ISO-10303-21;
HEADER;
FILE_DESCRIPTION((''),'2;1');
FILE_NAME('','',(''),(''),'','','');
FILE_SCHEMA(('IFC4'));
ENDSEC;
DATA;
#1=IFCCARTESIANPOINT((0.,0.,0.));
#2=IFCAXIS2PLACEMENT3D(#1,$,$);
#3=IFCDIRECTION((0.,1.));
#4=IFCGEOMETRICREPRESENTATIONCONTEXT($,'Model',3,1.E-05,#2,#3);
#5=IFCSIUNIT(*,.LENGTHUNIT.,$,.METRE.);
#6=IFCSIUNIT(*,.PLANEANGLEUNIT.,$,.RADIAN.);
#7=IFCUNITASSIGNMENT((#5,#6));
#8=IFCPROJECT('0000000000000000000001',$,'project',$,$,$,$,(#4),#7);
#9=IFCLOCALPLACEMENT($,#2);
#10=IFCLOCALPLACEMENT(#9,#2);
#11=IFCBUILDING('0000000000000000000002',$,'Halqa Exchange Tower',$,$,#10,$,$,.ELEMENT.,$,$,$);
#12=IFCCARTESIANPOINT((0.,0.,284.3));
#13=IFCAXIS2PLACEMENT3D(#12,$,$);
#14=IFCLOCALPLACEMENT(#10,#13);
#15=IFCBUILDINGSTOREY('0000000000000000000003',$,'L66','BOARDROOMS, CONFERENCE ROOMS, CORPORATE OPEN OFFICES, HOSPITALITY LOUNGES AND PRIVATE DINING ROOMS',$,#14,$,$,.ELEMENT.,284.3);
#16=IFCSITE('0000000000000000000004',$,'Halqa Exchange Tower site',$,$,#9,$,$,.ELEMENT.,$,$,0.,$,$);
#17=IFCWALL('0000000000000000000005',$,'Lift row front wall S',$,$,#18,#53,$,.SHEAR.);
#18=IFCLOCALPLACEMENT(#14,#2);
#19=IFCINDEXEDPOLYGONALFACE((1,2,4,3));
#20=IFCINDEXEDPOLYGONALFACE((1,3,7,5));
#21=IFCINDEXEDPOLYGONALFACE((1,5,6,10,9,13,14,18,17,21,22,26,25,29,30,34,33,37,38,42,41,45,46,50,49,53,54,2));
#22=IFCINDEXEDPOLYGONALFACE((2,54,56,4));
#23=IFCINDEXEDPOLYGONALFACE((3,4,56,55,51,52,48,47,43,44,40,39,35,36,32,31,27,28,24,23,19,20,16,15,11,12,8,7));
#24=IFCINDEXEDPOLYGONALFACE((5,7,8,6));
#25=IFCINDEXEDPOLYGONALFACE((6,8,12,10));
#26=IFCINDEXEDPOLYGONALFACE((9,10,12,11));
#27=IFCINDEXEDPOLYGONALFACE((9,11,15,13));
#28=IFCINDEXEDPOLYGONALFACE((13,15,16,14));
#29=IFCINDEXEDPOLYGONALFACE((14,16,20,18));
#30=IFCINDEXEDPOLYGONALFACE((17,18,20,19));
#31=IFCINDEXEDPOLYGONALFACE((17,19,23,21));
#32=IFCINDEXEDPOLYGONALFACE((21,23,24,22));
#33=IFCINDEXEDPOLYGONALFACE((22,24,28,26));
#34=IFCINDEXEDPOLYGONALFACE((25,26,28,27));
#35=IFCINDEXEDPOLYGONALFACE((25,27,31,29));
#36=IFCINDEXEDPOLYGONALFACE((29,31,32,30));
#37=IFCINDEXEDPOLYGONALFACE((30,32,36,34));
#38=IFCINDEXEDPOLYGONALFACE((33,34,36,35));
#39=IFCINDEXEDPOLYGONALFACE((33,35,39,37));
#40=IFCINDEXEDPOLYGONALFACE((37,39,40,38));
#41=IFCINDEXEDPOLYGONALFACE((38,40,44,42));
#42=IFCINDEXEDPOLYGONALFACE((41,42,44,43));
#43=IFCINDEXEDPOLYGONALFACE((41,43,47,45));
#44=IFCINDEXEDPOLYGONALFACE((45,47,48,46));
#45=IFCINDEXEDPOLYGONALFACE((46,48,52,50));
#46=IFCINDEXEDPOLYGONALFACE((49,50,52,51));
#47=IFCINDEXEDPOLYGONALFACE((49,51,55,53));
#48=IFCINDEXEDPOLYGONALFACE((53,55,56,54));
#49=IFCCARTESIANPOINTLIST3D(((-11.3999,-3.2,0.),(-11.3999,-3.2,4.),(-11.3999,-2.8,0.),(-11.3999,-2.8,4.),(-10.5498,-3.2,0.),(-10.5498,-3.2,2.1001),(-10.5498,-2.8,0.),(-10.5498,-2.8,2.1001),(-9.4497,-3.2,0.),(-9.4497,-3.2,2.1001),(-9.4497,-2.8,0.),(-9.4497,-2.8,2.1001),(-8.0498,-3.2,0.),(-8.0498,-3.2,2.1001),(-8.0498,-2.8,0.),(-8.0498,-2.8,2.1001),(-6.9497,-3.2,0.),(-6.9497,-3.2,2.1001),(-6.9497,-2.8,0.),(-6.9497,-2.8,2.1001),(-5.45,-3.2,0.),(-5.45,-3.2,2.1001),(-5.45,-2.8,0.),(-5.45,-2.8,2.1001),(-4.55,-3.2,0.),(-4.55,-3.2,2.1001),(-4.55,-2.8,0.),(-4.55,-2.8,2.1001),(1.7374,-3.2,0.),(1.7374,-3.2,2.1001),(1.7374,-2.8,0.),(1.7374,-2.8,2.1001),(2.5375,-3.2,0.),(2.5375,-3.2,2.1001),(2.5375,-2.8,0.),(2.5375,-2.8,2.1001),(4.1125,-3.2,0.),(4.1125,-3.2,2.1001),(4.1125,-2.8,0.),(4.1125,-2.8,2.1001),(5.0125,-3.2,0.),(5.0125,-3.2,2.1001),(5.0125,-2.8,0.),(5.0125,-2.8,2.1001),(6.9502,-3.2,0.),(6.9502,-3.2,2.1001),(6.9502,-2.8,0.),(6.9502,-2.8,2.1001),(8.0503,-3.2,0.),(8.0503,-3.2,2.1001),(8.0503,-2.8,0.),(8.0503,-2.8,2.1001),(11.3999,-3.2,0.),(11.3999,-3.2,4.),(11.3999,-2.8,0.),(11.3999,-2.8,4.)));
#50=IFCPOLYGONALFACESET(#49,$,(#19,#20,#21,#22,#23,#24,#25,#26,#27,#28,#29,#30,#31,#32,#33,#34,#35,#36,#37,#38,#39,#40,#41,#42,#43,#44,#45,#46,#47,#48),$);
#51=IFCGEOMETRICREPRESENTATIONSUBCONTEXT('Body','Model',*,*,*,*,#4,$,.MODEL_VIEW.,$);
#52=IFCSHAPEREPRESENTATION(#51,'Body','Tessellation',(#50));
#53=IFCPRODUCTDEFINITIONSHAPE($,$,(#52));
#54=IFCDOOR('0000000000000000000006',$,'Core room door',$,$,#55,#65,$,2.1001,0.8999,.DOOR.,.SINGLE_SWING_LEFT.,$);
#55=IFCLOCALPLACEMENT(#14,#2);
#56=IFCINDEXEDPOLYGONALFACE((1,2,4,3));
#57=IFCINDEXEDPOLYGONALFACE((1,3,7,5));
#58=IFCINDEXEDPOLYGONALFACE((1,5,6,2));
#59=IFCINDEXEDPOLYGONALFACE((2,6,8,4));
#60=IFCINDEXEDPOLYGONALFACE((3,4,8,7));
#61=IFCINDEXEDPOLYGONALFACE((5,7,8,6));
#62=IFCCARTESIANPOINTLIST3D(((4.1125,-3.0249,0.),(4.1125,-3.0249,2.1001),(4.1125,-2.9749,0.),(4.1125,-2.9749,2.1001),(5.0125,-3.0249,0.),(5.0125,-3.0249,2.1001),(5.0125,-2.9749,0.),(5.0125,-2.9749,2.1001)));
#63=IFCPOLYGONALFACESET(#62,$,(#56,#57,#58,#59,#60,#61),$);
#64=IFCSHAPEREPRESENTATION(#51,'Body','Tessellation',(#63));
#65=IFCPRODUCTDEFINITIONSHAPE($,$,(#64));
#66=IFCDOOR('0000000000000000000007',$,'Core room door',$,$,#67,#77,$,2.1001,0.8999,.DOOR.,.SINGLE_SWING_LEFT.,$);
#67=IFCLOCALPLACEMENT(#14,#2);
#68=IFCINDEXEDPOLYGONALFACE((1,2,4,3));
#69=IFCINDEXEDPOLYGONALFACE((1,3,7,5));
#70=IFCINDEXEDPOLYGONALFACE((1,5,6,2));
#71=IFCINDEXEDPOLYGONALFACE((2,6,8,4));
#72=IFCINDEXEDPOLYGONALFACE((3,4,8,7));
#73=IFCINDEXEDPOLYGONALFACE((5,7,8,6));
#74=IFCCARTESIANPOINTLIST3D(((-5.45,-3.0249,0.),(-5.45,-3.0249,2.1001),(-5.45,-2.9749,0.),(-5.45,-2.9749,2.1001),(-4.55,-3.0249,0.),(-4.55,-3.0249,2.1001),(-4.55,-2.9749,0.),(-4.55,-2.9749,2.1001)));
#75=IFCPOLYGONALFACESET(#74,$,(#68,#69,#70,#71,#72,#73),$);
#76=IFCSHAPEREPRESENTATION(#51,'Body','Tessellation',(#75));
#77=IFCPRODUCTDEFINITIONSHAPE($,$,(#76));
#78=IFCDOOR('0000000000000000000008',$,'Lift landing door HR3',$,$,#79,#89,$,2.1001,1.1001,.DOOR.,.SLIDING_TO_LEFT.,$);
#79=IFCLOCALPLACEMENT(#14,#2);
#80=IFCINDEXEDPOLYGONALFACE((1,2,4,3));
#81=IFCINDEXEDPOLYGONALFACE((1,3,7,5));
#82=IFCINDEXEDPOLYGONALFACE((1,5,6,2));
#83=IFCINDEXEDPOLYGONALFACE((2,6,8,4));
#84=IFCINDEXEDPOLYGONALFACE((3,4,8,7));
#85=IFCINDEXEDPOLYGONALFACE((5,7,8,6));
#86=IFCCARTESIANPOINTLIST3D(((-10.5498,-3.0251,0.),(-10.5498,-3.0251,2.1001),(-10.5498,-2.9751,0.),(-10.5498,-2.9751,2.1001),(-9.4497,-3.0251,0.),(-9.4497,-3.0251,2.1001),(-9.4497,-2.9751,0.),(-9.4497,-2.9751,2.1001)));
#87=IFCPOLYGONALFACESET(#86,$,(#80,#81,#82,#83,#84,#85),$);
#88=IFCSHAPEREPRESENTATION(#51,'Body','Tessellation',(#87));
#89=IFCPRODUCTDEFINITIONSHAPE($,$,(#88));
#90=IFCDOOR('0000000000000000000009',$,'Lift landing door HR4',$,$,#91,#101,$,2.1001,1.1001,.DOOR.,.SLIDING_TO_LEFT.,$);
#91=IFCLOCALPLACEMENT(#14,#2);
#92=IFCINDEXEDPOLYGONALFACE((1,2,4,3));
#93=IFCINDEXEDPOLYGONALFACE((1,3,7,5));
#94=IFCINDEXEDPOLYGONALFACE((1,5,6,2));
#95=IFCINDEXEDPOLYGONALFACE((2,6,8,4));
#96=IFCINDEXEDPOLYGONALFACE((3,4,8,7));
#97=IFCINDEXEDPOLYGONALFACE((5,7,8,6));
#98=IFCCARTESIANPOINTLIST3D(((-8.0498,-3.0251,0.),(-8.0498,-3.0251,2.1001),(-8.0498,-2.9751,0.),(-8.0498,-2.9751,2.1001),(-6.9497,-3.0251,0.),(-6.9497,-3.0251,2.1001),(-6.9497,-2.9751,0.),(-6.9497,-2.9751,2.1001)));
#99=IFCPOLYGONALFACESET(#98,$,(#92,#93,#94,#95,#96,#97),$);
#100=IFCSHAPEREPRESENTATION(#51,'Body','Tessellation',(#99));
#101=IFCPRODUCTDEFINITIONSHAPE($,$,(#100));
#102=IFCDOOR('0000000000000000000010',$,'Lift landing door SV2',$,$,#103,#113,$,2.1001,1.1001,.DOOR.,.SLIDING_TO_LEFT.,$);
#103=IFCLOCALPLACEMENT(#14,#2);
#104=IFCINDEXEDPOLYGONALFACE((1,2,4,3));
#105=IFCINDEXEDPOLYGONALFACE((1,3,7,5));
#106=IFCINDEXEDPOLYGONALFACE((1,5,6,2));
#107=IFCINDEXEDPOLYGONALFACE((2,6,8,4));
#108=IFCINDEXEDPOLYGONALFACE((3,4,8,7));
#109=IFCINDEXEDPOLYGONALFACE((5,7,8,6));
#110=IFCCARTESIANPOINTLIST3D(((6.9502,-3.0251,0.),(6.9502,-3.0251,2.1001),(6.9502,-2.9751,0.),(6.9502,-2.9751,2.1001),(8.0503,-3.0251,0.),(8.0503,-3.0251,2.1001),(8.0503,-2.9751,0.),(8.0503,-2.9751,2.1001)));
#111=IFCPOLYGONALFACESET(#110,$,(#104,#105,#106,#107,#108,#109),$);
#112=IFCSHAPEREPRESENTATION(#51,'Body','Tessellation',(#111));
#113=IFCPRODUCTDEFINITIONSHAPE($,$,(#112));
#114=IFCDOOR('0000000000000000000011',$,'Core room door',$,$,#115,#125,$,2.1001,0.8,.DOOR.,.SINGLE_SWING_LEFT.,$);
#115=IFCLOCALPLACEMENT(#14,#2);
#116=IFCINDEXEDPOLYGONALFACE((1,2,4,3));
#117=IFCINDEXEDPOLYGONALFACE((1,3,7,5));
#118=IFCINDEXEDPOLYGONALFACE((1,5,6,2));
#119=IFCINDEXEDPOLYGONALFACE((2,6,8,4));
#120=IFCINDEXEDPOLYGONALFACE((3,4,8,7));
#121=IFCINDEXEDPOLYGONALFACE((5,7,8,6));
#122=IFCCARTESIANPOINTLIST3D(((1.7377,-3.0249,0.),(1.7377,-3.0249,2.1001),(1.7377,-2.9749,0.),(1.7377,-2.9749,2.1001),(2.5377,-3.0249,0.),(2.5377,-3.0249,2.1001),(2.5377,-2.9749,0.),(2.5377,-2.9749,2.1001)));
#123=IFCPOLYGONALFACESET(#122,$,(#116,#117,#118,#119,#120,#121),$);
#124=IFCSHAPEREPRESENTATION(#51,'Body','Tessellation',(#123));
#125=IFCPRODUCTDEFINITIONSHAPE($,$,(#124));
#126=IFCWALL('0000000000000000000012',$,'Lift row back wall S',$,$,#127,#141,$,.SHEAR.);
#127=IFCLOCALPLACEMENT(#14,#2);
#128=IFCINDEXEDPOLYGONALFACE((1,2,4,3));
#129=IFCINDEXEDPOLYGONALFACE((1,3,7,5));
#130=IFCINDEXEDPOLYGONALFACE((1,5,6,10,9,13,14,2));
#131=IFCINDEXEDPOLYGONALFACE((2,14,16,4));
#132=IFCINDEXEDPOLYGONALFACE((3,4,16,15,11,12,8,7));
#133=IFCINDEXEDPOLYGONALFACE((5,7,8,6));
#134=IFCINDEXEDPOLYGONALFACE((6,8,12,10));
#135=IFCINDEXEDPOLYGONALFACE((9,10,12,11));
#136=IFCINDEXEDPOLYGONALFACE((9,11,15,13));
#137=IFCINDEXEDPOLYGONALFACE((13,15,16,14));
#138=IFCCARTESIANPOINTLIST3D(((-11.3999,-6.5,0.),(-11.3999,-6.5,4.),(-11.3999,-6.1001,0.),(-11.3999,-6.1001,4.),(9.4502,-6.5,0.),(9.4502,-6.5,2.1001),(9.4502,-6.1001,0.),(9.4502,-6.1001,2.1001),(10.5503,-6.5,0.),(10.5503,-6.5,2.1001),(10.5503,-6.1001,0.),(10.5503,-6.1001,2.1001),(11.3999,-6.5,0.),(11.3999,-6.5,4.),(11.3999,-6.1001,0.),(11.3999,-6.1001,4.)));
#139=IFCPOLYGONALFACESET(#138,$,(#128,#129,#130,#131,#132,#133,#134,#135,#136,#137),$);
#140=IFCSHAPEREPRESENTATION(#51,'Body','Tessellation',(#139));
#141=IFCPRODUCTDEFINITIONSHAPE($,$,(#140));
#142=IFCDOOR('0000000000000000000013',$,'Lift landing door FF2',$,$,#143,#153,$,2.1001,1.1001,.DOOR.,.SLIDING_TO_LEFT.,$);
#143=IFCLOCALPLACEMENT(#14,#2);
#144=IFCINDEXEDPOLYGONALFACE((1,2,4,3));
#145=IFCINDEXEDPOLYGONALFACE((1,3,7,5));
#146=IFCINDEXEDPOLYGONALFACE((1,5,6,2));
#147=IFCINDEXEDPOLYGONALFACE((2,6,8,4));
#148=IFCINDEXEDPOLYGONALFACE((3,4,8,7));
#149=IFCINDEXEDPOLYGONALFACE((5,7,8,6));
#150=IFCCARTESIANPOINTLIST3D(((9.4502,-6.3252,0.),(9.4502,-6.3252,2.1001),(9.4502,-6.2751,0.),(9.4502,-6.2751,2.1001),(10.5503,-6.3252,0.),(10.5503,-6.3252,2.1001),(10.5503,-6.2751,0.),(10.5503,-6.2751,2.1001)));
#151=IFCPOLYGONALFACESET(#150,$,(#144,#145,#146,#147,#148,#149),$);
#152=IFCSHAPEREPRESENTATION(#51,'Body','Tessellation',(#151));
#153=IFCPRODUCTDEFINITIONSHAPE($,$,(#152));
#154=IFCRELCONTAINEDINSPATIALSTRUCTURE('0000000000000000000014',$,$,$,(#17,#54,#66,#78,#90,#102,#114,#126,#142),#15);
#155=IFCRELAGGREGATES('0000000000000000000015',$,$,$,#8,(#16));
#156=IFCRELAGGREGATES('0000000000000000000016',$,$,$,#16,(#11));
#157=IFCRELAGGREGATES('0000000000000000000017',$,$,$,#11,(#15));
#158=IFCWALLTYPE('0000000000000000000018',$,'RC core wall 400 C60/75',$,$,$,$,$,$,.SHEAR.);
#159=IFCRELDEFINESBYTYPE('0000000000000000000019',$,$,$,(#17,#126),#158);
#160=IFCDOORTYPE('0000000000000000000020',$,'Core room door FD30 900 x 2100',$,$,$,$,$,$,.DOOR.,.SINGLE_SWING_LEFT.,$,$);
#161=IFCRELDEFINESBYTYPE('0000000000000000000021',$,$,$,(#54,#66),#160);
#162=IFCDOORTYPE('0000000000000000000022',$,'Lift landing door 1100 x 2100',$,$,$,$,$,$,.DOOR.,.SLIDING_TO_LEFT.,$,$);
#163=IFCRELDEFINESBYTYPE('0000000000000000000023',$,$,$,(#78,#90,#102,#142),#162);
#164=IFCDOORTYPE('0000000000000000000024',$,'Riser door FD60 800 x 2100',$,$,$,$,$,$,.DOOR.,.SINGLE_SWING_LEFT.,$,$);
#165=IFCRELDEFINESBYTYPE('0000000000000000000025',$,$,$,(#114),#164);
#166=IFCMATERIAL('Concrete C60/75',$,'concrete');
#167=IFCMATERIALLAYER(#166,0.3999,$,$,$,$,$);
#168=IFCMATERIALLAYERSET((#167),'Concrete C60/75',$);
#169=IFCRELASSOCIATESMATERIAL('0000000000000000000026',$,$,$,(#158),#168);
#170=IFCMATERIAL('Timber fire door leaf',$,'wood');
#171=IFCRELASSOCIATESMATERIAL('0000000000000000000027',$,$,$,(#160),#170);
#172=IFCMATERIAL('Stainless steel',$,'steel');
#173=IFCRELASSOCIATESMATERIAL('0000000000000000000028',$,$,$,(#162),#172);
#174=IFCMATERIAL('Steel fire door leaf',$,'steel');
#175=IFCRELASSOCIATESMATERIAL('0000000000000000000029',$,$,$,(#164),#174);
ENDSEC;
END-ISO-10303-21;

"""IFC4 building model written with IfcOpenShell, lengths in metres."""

from ifc_helpers import new_model, si_unit, direction, frame, frame_2d, origin, place, context, subcontext, project, spatial, rectangle, extrude, material, layer, layer_set, type_object, element, fill, save


model = new_model("IFC4")

# Units and contexts
model_context = context("Model", 3, precision=1e-05, world=origin(), true_north=direction((0.0, 1.0)))
body_context = subcontext(model_context, "Body", "Model", "MODEL_VIEW")
ifc_project = project(units=[si_unit("LENGTHUNIT", "METRE"), si_unit("PLANEANGLEUNIT", "RADIAN")], contexts=[model_context])

# Site, building, storey
site_placement = place(None, origin())
site = spatial("IfcSite", under=ifc_project, at=site_placement, Name="Halqa Exchange Tower site", CompositionType="ELEMENT", RefElevation=0.0)
building_placement = place(site_placement, origin())
building = spatial("IfcBuilding", under=site, at=building_placement, Name="Halqa Exchange Tower", CompositionType="ELEMENT")
storey_placement = place(building_placement, frame((0.0, 0.0, 284.3)))
storey = spatial("IfcBuildingStorey", under=building, at=storey_placement, Name="L66", Description="BOARDROOMS, CONFERENCE ROOMS, CORPORATE OPEN OFFICES, HOSPITALITY LOUNGES AND PRIVATE DINING ROOMS", CompositionType="ELEMENT", Elevation=284.3)

# Shared definitions
ifc_material_1 = material(Name="Concrete C60/75", Category="concrete")

# Wall, openings, doors
ifc_layer_1 = layer(ifc_material_1, 0.3999)
ifc_layer_set_1 = layer_set([ifc_layer_1], Name="Concrete C60/75")
wall_type_1 = type_object("IfcWallType", Name="RC core wall 400 C60/75", PredefinedType="SHEAR", material=ifc_layer_set_1)
wall_1_placement = place(storey_placement, frame((-11.3999, -3.0, 0.0), z_axis=(0.0, 0.0, 1.0), x_axis=(1.0, 0.0, 0.0)))
wall_1 = element("IfcWall", 1, at=wall_1_placement, inside=storey, type_object=wall_type_1, Name="Lift row front wall S", PredefinedType="SHEAR", context=body_context, shape_type="SweptSolid", body=[
    extrude(rectangle(XDim=22.7998, YDim=0.3999, at=frame_2d((11.3999, 0.0))), origin(), (0.0, 0.0, 1.0), 4.0),
])
opening_1_placement = place(wall_1_placement, frame((0.8501, 0.0, 0.0)))
opening_1 = element("IfcOpeningElement", 2, at=opening_1_placement, cuts=wall_1, PredefinedType="OPENING", context=body_context, shape_type="SweptSolid", body=[
    extrude(rectangle(XDim=1.1001, YDim=2.1001, at=frame_2d((0.55, 1.05))), frame((0.0, 0.2119, 0.0), z_axis=(0.0, -1.0, 0.0), x_axis=(1.0, 0.0, 0.0)), (0.0, 0.0, 1.0), 0.4238),
])
opening_2_placement = place(wall_1_placement, frame((3.3501, 0.0, 0.0)))
opening_2 = element("IfcOpeningElement", 3, at=opening_2_placement, cuts=wall_1, PredefinedType="OPENING", context=body_context, shape_type="SweptSolid", body=[
    extrude(rectangle(XDim=1.1001, YDim=2.1001, at=frame_2d((0.55, 1.05))), frame((0.0, 0.2119, 0.0), z_axis=(0.0, -1.0, 0.0), x_axis=(1.0, 0.0, 0.0)), (0.0, 0.0, 1.0), 0.4238),
])
opening_3_placement = place(wall_1_placement, frame((18.3501, 0.0, 0.0)))
opening_3 = element("IfcOpeningElement", 4, at=opening_3_placement, cuts=wall_1, PredefinedType="OPENING", context=body_context, shape_type="SweptSolid", body=[
    extrude(rectangle(XDim=1.1001, YDim=2.1001, at=frame_2d((0.55, 1.05))), frame((0.0, 0.2119, 0.0), z_axis=(0.0, -1.0, 0.0), x_axis=(1.0, 0.0, 0.0)), (0.0, 0.0, 1.0), 0.4238),
])
opening_4_placement = place(wall_1_placement, frame((13.1375, 0.0, 0.0)))
opening_4 = element("IfcOpeningElement", 5, at=opening_4_placement, cuts=wall_1, PredefinedType="OPENING", context=body_context, shape_type="SweptSolid", body=[
    extrude(rectangle(XDim=0.8, YDim=2.1001, at=frame_2d((0.3999, 1.05))), frame((0.0, 0.2119, 0.0), z_axis=(0.0, -1.0, 0.0), x_axis=(1.0, 0.0, 0.0)), (0.0, 0.0, 1.0), 0.4238),
])
opening_5_placement = place(wall_1_placement, frame((15.5125, 0.0, 0.0)))
opening_5 = element("IfcOpeningElement", 6, at=opening_5_placement, cuts=wall_1, PredefinedType="OPENING", context=body_context, shape_type="SweptSolid", body=[
    extrude(rectangle(XDim=0.8999, YDim=2.1001, at=frame_2d((0.45, 1.05))), frame((0.0, 0.2119, 0.0), z_axis=(0.0, -1.0, 0.0), x_axis=(1.0, 0.0, 0.0)), (0.0, 0.0, 1.0), 0.4238),
])
opening_6_placement = place(wall_1_placement, frame((5.95, 0.0, 0.0)))
opening_6 = element("IfcOpeningElement", 7, at=opening_6_placement, cuts=wall_1, PredefinedType="OPENING", context=body_context, shape_type="SweptSolid", body=[
    extrude(rectangle(XDim=0.8999, YDim=2.1001, at=frame_2d((0.45, 1.05))), frame((0.0, 0.2119, 0.0), z_axis=(0.0, -1.0, 0.0), x_axis=(1.0, 0.0, 0.0)), (0.0, 0.0, 1.0), 0.4238),
])
ifc_material_2 = material(Name="Timber fire door leaf", Category="wood")
door_type_1 = type_object("IfcDoorType", Name="Core room door FD30 900 x 2100", OperationType="SINGLE_SWING_LEFT", PredefinedType="DOOR", material=ifc_material_2)
door_1_placement = place(opening_5_placement, frame((0.8999, 0.0, 0.0), z_axis=(0.0, 0.0, 1.0), x_axis=(-1.0, 0.0, 0.0)))
door_1 = element("IfcDoor", 8, at=door_1_placement, inside=storey, type_object=door_type_1, Name="Core room door", OperationType="SINGLE_SWING_LEFT", OverallHeight=2.1001, OverallWidth=0.8999, PredefinedType="DOOR", context=body_context, shape_type="SweptSolid", body=[
    extrude(rectangle(XDim=0.8999, YDim=2.1001, at=frame_2d((0.45, 1.05))), frame((0.0, 0.0249, 0.0), z_axis=(0.0, -1.0, 0.0), x_axis=(1.0, 0.0, 0.0)), (0.0, 0.0, 1.0), 0.05),
])
fill(opening_5, door_1)
door_2_placement = place(opening_6_placement, frame((0.8999, 0.0, 0.0), z_axis=(0.0, 0.0, 1.0), x_axis=(-1.0, 0.0, 0.0)))
door_2 = element("IfcDoor", 9, at=door_2_placement, inside=storey, type_object=door_type_1, Name="Core room door", OperationType="SINGLE_SWING_LEFT", OverallHeight=2.1001, OverallWidth=0.8999, PredefinedType="DOOR", context=body_context, shape_type="SweptSolid", body=[
    extrude(rectangle(XDim=0.8999, YDim=2.1001, at=frame_2d((0.45, 1.05))), frame((0.0, 0.0249, 0.0), z_axis=(0.0, -1.0, 0.0), x_axis=(1.0, 0.0, 0.0)), (0.0, 0.0, 1.0), 0.05),
])
fill(opening_6, door_2)
ifc_material_3 = material(Name="Stainless steel", Category="steel")
door_type_2 = type_object("IfcDoorType", Name="Lift landing door 1100 x 2100", OperationType="SLIDING_TO_LEFT", PredefinedType="DOOR", material=ifc_material_3)
door_3_placement = place(opening_1_placement, origin())
door_3 = element("IfcDoor", 10, at=door_3_placement, inside=storey, type_object=door_type_2, Name="Lift landing door HR3", OperationType="SLIDING_TO_LEFT", OverallHeight=2.1001, OverallWidth=1.1001, PredefinedType="DOOR", context=body_context, shape_type="SweptSolid", body=[
    extrude(rectangle(XDim=1.1001, YDim=2.1001, at=frame_2d((0.55, 1.05))), frame((0.0, 0.0249, 0.0), z_axis=(0.0, -1.0, 0.0), x_axis=(1.0, 0.0, 0.0)), (0.0, 0.0, 1.0), 0.05),
])
fill(opening_1, door_3)
door_4_placement = place(opening_2_placement, origin())
door_4 = element("IfcDoor", 11, at=door_4_placement, inside=storey, type_object=door_type_2, Name="Lift landing door HR4", OperationType="SLIDING_TO_LEFT", OverallHeight=2.1001, OverallWidth=1.1001, PredefinedType="DOOR", context=body_context, shape_type="SweptSolid", body=[
    extrude(rectangle(XDim=1.1001, YDim=2.1001, at=frame_2d((0.55, 1.05))), frame((0.0, 0.0249, 0.0), z_axis=(0.0, -1.0, 0.0), x_axis=(1.0, 0.0, 0.0)), (0.0, 0.0, 1.0), 0.05),
])
fill(opening_2, door_4)
door_5_placement = place(opening_3_placement, origin())
door_5 = element("IfcDoor", 12, at=door_5_placement, inside=storey, type_object=door_type_2, Name="Lift landing door SV2", OperationType="SLIDING_TO_LEFT", OverallHeight=2.1001, OverallWidth=1.1001, PredefinedType="DOOR", context=body_context, shape_type="SweptSolid", body=[
    extrude(rectangle(XDim=1.1001, YDim=2.1001, at=frame_2d((0.55, 1.05))), frame((0.0, 0.0249, 0.0), z_axis=(0.0, -1.0, 0.0), x_axis=(1.0, 0.0, 0.0)), (0.0, 0.0, 1.0), 0.05),
])
fill(opening_3, door_5)
ifc_material_4 = material(Name="Steel fire door leaf", Category="steel")
door_type_3 = type_object("IfcDoorType", Name="Riser door FD60 800 x 2100", OperationType="SINGLE_SWING_LEFT", PredefinedType="DOOR", material=ifc_material_4)
door_6_placement = place(opening_4_placement, frame((0.8, 0.0, 0.0), z_axis=(0.0, 0.0, 1.0), x_axis=(-1.0, 0.0, 0.0)))
door_6 = element("IfcDoor", 13, at=door_6_placement, inside=storey, type_object=door_type_3, Name="Core room door", OperationType="SINGLE_SWING_LEFT", OverallHeight=2.1001, OverallWidth=0.8, PredefinedType="DOOR", context=body_context, shape_type="SweptSolid", body=[
    extrude(rectangle(XDim=0.8, YDim=2.1001, at=frame_2d((0.3999, 1.05))), frame((0.0, 0.0249, 0.0), z_axis=(0.0, -1.0, 0.0), x_axis=(1.0, 0.0, 0.0)), (0.0, 0.0, 1.0), 0.05),
])
fill(opening_4, door_6)

# Wall, opening, door
wall_2_placement = place(storey_placement, frame((-11.3999, -6.3, 0.0), z_axis=(0.0, 0.0, 1.0), x_axis=(1.0, 0.0, 0.0)))
wall_2 = element("IfcWall", 14, at=wall_2_placement, inside=storey, type_object=wall_type_1, Name="Lift row back wall S", PredefinedType="SHEAR", context=body_context, shape_type="SweptSolid", body=[
    extrude(rectangle(XDim=22.7998, YDim=0.3999, at=frame_2d((11.3999, 0.0))), origin(), (0.0, 0.0, 1.0), 4.0),
])
opening_7_placement = place(wall_2_placement, frame((20.8501, 0.0, 0.0)))
opening_7 = element("IfcOpeningElement", 15, at=opening_7_placement, cuts=wall_2, PredefinedType="OPENING", context=body_context, shape_type="SweptSolid", body=[
    extrude(rectangle(XDim=1.1001, YDim=2.1001, at=frame_2d((0.55, 1.05))), frame((0.0, 0.2119, 0.0), z_axis=(0.0, -1.0, 0.0), x_axis=(1.0, 0.0, 0.0)), (0.0, 0.0, 1.0), 0.4238),
])
door_7_placement = place(opening_7_placement, origin())
door_7 = element("IfcDoor", 16, at=door_7_placement, inside=storey, type_object=door_type_2, Name="Lift landing door FF2", OperationType="SLIDING_TO_LEFT", OverallHeight=2.1001, OverallWidth=1.1001, PredefinedType="DOOR", context=body_context, shape_type="SweptSolid", body=[
    extrude(rectangle(XDim=1.1001, YDim=2.1001, at=frame_2d((0.55, 1.05))), frame((0.0, 0.0249, 0.0), z_axis=(0.0, -1.0, 0.0), x_axis=(1.0, 0.0, 0.0)), (0.0, 0.0, 1.0), 0.05),
])
fill(opening_7, door_7)

save(model, "model.ifc")
